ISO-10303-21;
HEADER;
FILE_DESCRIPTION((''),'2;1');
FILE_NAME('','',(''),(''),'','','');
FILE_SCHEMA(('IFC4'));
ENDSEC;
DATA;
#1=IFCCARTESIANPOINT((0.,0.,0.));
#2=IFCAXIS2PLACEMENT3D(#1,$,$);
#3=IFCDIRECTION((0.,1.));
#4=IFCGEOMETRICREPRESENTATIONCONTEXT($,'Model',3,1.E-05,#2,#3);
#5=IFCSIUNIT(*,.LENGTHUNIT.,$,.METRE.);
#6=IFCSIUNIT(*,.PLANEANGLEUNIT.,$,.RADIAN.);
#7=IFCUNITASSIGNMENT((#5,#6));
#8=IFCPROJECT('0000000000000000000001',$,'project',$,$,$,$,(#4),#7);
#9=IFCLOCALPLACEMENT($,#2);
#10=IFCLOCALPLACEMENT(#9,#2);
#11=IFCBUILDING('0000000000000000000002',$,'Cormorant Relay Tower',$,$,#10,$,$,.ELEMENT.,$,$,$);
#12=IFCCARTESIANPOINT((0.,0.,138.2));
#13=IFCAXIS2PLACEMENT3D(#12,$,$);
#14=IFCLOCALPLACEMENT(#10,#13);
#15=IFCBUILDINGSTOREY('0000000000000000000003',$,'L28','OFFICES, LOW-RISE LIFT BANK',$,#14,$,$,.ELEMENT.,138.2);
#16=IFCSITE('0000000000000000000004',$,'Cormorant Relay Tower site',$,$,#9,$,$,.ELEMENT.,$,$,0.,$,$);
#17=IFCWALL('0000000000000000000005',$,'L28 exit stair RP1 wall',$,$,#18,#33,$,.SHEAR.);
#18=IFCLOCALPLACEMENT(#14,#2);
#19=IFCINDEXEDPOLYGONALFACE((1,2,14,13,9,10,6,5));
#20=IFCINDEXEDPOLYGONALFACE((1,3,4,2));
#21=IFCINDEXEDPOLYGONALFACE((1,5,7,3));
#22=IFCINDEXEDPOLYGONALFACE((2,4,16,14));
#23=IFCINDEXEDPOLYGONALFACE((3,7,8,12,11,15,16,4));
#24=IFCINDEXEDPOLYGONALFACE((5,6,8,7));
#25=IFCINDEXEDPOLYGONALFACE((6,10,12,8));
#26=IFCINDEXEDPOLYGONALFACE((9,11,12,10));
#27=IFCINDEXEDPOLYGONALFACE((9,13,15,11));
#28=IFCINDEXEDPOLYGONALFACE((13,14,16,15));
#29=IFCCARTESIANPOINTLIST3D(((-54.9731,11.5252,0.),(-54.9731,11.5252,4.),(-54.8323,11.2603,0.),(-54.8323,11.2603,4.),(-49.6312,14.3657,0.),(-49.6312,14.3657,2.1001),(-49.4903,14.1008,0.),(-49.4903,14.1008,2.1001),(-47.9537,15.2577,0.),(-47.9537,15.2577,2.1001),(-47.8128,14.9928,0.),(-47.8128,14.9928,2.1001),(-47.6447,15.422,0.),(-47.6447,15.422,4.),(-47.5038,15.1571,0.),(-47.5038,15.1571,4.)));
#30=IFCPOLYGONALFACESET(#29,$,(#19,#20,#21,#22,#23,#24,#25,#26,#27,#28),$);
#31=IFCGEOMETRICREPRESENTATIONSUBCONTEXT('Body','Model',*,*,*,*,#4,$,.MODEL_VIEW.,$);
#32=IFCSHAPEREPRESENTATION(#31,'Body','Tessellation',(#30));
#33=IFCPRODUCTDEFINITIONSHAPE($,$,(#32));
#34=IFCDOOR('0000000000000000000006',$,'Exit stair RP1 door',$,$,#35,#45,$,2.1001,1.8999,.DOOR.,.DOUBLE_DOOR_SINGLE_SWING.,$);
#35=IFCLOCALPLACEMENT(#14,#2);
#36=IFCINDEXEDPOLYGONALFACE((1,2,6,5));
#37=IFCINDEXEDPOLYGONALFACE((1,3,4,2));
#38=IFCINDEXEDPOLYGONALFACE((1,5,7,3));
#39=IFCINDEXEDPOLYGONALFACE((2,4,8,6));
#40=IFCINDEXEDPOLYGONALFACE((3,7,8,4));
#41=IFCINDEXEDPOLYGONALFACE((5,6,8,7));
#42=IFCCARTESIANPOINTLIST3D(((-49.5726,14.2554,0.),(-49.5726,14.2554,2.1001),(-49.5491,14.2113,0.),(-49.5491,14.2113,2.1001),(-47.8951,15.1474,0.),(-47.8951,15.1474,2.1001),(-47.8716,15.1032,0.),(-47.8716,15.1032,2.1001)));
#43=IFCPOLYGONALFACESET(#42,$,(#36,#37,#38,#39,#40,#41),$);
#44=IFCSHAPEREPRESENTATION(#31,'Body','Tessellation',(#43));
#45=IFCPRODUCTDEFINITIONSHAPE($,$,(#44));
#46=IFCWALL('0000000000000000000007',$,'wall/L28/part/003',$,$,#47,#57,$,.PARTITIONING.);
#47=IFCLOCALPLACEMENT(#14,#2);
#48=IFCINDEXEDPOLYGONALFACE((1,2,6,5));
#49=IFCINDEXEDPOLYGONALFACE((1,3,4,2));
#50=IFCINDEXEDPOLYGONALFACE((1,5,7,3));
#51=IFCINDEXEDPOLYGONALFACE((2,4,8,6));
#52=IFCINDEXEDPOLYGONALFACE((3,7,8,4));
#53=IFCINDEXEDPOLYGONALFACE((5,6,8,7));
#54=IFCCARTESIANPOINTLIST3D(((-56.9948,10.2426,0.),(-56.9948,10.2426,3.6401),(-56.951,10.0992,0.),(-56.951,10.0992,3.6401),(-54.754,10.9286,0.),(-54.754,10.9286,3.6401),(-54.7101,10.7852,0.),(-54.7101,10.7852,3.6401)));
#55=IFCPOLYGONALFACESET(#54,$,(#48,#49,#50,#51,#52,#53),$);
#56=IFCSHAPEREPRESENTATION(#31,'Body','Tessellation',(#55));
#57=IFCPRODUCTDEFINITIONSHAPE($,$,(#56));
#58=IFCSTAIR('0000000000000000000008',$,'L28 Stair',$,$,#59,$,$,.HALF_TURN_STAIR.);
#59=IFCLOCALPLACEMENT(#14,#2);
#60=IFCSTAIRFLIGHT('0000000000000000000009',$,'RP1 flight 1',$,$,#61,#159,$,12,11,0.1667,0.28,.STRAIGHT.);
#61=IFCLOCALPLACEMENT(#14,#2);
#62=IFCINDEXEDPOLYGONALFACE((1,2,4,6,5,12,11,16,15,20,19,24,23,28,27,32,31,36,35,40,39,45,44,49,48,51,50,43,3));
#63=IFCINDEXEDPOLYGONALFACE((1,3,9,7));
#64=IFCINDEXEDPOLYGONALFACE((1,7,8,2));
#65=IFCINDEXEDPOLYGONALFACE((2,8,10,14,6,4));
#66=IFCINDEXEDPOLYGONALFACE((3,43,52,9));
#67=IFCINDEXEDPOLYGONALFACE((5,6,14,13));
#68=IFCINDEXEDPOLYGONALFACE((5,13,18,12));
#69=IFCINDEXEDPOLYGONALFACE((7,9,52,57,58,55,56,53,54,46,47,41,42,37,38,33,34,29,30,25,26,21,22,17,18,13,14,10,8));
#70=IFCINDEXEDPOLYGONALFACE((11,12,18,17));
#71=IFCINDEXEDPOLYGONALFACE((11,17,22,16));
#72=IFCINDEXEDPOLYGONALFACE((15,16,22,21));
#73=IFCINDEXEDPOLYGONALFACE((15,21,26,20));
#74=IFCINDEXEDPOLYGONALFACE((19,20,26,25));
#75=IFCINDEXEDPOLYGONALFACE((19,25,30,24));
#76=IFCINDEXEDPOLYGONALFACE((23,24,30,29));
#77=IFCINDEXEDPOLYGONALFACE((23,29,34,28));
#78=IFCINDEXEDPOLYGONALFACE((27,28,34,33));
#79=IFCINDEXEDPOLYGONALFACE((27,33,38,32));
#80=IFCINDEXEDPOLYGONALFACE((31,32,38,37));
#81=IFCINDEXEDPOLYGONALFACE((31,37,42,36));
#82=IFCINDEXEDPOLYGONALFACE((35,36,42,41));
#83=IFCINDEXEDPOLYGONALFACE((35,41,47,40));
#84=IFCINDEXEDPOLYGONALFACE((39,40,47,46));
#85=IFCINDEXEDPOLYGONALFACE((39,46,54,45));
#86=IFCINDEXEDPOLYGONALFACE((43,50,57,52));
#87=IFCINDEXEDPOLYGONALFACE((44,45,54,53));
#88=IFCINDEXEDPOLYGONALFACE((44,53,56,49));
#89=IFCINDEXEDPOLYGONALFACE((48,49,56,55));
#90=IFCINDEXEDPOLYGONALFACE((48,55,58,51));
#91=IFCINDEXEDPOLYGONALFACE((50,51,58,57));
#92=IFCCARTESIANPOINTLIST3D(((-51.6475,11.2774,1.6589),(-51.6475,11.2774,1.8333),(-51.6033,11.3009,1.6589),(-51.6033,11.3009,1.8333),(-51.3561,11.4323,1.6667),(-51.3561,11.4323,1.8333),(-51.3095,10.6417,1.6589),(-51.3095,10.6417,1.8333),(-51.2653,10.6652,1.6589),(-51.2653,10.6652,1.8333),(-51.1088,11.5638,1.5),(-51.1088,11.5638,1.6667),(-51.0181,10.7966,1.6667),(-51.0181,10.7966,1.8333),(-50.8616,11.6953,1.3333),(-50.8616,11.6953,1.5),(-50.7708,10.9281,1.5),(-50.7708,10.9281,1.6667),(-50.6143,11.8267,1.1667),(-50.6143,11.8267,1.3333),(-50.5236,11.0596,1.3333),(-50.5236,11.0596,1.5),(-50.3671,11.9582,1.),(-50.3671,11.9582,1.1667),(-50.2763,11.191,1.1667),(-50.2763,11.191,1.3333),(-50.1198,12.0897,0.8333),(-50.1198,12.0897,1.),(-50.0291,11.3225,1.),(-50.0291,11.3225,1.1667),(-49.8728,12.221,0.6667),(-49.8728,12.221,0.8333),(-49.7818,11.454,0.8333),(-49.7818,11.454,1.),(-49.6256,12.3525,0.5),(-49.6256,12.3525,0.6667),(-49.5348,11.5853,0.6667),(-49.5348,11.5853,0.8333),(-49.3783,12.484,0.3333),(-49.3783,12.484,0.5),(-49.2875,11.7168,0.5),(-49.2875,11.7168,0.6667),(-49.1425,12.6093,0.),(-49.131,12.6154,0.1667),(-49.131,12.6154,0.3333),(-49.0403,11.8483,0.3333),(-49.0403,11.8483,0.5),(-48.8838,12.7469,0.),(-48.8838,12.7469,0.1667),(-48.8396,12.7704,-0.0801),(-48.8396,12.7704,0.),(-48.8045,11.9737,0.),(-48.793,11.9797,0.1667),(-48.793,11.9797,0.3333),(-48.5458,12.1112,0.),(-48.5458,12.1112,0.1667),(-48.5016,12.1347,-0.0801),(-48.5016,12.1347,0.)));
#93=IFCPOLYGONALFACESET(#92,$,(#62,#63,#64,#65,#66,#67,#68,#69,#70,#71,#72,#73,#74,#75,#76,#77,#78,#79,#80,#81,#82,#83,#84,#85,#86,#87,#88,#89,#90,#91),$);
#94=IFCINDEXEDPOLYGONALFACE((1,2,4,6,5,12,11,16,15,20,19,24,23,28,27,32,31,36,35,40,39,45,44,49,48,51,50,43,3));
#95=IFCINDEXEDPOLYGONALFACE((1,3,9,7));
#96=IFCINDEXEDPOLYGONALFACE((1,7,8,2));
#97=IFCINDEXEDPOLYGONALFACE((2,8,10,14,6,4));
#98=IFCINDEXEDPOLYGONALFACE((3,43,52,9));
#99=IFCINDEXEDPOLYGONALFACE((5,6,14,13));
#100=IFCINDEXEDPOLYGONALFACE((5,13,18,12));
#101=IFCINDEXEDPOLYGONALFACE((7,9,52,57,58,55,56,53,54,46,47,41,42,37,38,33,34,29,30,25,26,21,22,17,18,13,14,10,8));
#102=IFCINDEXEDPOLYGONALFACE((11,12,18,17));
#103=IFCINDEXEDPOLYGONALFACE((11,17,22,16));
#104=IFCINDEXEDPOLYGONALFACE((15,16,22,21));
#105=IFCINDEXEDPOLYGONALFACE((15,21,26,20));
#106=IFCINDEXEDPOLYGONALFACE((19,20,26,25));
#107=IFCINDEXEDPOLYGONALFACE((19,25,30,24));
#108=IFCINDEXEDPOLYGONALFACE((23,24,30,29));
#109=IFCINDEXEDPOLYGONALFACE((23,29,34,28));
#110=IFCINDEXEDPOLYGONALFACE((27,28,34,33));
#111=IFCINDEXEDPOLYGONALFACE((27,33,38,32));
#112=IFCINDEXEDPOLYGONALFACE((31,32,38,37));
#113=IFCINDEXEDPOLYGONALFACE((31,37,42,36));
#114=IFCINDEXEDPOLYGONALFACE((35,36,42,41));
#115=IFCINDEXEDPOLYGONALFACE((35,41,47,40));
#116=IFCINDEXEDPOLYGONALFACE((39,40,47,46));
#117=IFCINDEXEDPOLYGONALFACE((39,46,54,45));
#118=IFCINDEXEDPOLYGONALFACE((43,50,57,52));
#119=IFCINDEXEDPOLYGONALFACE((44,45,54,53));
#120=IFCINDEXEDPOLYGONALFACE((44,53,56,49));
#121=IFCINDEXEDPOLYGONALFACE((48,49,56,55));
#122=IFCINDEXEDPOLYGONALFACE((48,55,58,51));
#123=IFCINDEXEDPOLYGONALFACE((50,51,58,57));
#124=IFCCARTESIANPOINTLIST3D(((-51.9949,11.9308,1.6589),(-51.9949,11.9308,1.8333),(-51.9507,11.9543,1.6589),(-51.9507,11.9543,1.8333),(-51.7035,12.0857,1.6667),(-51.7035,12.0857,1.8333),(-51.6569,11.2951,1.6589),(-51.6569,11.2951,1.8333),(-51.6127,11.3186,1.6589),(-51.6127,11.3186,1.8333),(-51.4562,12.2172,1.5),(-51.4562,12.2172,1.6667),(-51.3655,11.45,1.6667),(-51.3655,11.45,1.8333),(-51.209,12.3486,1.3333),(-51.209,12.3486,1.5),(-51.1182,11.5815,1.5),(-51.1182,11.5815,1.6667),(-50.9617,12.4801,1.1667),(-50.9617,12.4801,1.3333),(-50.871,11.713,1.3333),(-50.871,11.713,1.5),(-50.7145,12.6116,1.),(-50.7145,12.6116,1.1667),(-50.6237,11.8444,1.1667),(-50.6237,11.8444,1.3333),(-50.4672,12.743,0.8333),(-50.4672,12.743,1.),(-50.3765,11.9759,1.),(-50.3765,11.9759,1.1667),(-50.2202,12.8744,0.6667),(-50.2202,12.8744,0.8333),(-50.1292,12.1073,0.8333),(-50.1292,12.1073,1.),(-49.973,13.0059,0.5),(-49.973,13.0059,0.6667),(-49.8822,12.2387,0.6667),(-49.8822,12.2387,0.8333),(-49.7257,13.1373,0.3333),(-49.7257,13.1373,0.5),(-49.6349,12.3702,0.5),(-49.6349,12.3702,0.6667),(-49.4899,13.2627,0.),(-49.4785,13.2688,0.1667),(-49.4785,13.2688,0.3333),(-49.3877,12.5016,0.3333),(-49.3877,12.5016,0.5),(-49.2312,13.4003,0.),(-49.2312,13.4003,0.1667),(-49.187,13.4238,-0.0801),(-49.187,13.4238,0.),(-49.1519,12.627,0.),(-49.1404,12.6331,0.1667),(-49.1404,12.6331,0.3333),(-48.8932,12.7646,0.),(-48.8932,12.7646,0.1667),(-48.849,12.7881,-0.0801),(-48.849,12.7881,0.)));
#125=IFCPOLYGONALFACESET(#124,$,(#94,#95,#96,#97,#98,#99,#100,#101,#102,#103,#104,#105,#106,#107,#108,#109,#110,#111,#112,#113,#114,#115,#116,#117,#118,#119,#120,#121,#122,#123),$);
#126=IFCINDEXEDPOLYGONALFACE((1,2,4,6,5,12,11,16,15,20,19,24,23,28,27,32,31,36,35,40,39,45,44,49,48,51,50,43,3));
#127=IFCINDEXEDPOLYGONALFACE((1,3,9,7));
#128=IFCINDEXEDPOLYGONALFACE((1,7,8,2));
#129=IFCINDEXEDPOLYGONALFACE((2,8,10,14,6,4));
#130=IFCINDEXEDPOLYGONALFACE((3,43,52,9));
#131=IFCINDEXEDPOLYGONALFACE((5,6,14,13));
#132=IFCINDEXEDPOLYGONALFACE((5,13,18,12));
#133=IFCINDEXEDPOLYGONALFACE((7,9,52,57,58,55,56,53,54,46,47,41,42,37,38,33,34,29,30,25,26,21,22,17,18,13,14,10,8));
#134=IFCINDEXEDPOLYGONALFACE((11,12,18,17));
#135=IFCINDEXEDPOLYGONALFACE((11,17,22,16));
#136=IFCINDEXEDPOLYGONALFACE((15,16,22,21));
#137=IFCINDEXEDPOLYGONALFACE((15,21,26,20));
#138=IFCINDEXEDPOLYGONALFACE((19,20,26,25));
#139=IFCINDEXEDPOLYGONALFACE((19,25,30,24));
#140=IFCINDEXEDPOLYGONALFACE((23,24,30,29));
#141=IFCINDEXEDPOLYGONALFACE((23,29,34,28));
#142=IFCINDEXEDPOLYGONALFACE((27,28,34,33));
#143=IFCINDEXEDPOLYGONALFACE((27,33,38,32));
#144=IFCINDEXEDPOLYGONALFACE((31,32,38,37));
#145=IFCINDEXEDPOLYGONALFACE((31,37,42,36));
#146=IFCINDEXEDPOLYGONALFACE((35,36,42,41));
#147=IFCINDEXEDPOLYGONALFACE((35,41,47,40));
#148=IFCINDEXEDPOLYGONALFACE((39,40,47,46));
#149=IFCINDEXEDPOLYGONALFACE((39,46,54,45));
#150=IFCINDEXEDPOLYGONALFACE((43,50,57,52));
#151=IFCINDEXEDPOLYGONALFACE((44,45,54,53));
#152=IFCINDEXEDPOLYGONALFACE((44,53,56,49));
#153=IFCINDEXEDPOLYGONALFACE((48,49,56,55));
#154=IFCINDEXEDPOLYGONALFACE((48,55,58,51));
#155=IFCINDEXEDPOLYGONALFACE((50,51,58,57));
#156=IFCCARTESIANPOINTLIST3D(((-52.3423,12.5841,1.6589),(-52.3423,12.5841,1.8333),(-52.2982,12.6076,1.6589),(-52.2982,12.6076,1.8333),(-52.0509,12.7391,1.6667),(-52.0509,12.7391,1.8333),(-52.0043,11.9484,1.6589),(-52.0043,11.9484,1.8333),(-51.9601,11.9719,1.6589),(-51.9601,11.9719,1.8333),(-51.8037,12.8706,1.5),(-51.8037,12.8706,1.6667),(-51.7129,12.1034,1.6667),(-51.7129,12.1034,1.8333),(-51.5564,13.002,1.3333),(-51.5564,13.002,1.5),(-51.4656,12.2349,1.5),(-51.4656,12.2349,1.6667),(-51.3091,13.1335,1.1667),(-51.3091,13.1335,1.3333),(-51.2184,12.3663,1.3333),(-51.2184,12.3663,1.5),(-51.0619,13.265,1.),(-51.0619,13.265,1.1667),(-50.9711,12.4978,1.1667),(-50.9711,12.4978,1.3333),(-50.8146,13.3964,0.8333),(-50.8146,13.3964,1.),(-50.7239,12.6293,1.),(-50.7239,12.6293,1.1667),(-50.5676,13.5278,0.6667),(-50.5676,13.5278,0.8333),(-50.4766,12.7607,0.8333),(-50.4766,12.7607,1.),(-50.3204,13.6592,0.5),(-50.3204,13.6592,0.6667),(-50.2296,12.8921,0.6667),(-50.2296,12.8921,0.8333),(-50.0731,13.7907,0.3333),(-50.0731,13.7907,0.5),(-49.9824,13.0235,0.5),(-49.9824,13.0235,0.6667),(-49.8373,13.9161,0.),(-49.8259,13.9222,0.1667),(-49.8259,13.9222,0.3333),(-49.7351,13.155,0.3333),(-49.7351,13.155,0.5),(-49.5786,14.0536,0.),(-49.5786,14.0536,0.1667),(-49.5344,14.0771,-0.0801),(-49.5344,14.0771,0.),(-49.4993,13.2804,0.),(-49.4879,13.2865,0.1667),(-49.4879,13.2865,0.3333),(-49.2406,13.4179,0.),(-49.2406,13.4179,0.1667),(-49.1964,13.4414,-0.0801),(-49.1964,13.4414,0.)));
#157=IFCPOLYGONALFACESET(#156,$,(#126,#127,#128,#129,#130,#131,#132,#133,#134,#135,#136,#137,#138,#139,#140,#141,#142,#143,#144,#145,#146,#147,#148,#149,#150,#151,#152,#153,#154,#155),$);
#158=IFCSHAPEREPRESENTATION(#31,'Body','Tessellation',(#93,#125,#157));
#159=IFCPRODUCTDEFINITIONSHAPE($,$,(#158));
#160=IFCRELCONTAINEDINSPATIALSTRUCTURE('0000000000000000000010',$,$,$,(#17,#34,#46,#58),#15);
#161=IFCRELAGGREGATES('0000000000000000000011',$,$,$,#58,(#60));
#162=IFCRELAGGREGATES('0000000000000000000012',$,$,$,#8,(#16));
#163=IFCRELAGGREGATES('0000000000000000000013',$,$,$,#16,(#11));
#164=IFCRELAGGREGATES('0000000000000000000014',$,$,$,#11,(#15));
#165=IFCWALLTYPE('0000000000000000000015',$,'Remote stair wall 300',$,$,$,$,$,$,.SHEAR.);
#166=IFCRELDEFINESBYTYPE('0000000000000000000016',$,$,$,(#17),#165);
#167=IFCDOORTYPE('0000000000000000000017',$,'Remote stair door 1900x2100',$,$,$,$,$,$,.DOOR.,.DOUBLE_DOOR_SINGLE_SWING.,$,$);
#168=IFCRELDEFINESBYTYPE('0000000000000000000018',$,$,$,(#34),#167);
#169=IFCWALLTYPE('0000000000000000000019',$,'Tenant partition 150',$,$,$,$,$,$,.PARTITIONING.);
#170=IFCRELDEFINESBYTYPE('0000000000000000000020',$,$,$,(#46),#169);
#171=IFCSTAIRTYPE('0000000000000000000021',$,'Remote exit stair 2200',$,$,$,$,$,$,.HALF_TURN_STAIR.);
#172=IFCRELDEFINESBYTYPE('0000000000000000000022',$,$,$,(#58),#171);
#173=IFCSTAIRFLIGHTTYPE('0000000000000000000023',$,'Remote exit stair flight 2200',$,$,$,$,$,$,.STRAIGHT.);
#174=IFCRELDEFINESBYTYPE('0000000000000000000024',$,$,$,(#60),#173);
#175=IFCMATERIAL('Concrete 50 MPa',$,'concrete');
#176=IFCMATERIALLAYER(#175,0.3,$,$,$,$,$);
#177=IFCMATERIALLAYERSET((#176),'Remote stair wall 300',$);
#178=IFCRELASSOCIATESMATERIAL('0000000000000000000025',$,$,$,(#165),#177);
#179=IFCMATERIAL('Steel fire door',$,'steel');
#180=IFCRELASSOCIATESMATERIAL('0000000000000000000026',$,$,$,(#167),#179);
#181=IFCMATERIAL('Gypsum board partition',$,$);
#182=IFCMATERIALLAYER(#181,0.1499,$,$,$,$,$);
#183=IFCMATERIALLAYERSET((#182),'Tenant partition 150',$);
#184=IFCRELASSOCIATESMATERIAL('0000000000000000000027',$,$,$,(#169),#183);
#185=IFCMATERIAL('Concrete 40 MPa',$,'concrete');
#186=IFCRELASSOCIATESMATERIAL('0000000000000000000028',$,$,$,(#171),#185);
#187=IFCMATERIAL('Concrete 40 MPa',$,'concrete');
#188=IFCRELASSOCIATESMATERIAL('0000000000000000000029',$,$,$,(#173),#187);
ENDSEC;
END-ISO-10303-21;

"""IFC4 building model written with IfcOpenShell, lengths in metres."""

from ifc_helpers import new_model, si_unit, direction, frame, frame_2d, origin, place, context, subcontext, project, spatial, polyline, rectangle, outline, extrude, material, layer, layer_set, type_object, element, fill, aggregate, save


model = new_model("IFC4")

# Units and contexts
model_context = context("Model", 3, precision=1e-05, world=origin(), true_north=direction((0.0, 1.0)))
body_context = subcontext(model_context, "Body", "Model", "MODEL_VIEW")
ifc_project = project(units=[si_unit("LENGTHUNIT", "METRE"), si_unit("PLANEANGLEUNIT", "RADIAN")], contexts=[model_context])

# Site, building, storey
site_placement = place(None, origin())
site = spatial("IfcSite", under=ifc_project, at=site_placement, Name="Cormorant Relay Tower site", CompositionType="ELEMENT", RefElevation=0.0)
building_placement = place(site_placement, origin())
building = spatial("IfcBuilding", under=site, at=building_placement, Name="Cormorant Relay Tower", CompositionType="ELEMENT")
storey_placement = place(building_placement, frame((0.0, 0.0, 138.2)))
storey = spatial("IfcBuildingStorey", under=building, at=storey_placement, Name="L28", Description="OFFICES, LOW-RISE LIFT BANK", CompositionType="ELEMENT", Elevation=138.2)

# Shared definitions
ifc_material_1 = material(Name="Concrete 50 MPa", Category="concrete")
ifc_layer_1 = layer(ifc_material_1, 0.3)
ifc_layer_set_1 = layer_set([ifc_layer_1], Name="Remote stair wall 300")
wall_type_1 = type_object("IfcWallType", Name="Remote stair wall 300", PredefinedType="SHEAR", material=ifc_layer_set_1)

# Wall, opening, door
wall_1_placement = place(storey_placement, frame((-54.9026, 11.3928, 0.0), z_axis=(0.0, 0.0, 1.0), x_axis=(0.882939, 0.469487, 0.0)))
wall_1 = element("IfcWall", 1, at=wall_1_placement, inside=storey, type_object=wall_type_1, Name="L28 exit stair RP1 wall", PredefinedType="SHEAR", context=body_context, shape_type="SweptSolid", body=[
    extrude(rectangle(XDim=8.3, YDim=0.3, at=frame_2d((4.1499, 0.0))), origin(), (0.0, 0.0, 1.0), 4.0),
])
opening_1_placement = place(wall_1_placement, frame((6.05, 0.0, 0.0)))
opening_1 = element("IfcOpeningElement", 2, at=opening_1_placement, cuts=wall_1, PredefinedType="OPENING", context=body_context, shape_type="SweptSolid", body=[
    extrude(rectangle(XDim=1.8999, YDim=2.1001, at=frame_2d((0.95, 1.05))), frame((0.0, 0.1599, 0.0), z_axis=(0.0, -1.0, 0.0), x_axis=(1.0, 0.0, 0.0)), (0.0, 0.0, 1.0), 0.3201),
])
ifc_material_2 = material(Name="Steel fire door", Category="steel")
door_type_1 = type_object("IfcDoorType", Name="Remote stair door 1900x2100", OperationType="DOUBLE_DOOR_SINGLE_SWING", PredefinedType="DOOR", material=ifc_material_2)
door_1_placement = place(opening_1_placement, frame((1.8999, 0.0, 0.0), z_axis=(0.0, 0.0, 1.0), x_axis=(-1.0, 0.0, 0.0)))
door_1 = element("IfcDoor", 3, at=door_1_placement, inside=storey, type_object=door_type_1, Name="Exit stair RP1 door", OperationType="DOUBLE_DOOR_SINGLE_SWING", OverallHeight=2.1001, OverallWidth=1.8999, PredefinedType="DOOR", context=body_context, shape_type="SweptSolid", body=[
    extrude(rectangle(XDim=1.8999, YDim=2.1001, at=frame_2d((0.95, 1.05))), frame((0.0, 0.0249, 0.0), z_axis=(0.0, -1.0, 0.0), x_axis=(1.0, 0.0, 0.0)), (0.0, 0.0, 1.0), 0.05),
])
fill(opening_1, door_1)

# Wall
ifc_material_3 = material(Name="Gypsum board partition")
ifc_layer_2 = layer(ifc_material_3, 0.1499)
ifc_layer_set_2 = layer_set([ifc_layer_2], Name="Tenant partition 150")
wall_type_2 = type_object("IfcWallType", Name="Tenant partition 150", PredefinedType="PARTITIONING", material=ifc_layer_set_2)
wall_2_placement = place(storey_placement, frame((-54.7319, 10.8569, 0.0), z_axis=(0.0, 0.0, 1.0), x_axis=(-0.956197, -0.292724, 0.0)))
element("IfcWall", 4, at=wall_2_placement, inside=storey, type_object=wall_type_2, Name="wall/L28/part/003", PredefinedType="PARTITIONING", context=body_context, shape_type="SweptSolid", body=[
    extrude(rectangle(XDim=2.3435, YDim=0.1499, at=frame_2d((1.1719, 0.0))), origin(), (0.0, 0.0, 1.0), 3.6401),
])

# Stair, stair flight
ifc_material_4 = material(Name="Concrete 40 MPa", Category="concrete")
stair_type = type_object("IfcStairType", Name="Remote exit stair 2200", PredefinedType="HALF_TURN_STAIR", material=ifc_material_4)
stair_placement = place(storey_placement, origin())
stair = element("IfcStair", 5, at=stair_placement, inside=storey, type_object=stair_type, Name="L28 Stair", PredefinedType="HALF_TURN_STAIR")
ifc_material_5 = material(Name="Concrete 40 MPa", Category="concrete")
stair_flight_type = type_object("IfcStairFlightType", Name="Remote exit stair flight 2200", PredefinedType="STRAIGHT", material=ifc_material_5)
stair_flight_1_placement = place(storey_placement, frame((-49.0623, 13.0825, 0.0), z_axis=(0.0, 0.0, 1.0), x_axis=(-0.882948, -0.469472, 0.0)))
stair_flight_1 = element("IfcStairFlight", 6, at=stair_flight_1_placement, type_object=stair_flight_type, Name="RP1 flight 1", NumberOfRisers=12, NumberOfTreads=11, PredefinedType="STRAIGHT", RiserHeight=0.1667, TreadLength=0.28, context=body_context, shape_type="SweptSolid", body=[
    extrude(outline(polyline([(-0.05, -0.0801), (-0.05, 0.0), (0.0, 0.0), (0.0, 0.1667), (0.28, 0.1667), (0.28, 0.3333), (0.5601, 0.3333), (0.5601, 0.5), (0.8401, 0.5), (0.8401, 0.6667), (1.1201, 0.6667), (1.1201, 0.8333), (1.3999, 0.8333), (1.3999, 1.0), (1.6799, 1.0), (1.6799, 1.1667), (1.96, 1.1667), (1.96, 1.3333), (2.24, 1.3333), (2.24, 1.5), (2.52, 1.5), (2.52, 1.6667), (2.8, 1.6667), (2.8, 1.8333), (3.0801, 1.8333), (3.1301, 1.8333), (3.1301, 1.6589), (3.0801, 1.6589), (0.293, 0.0), (-0.05, -0.0801)])), frame((0.0, 1.1001, 0.0), z_axis=(0.0, -1.0, 0.0), x_axis=(1.0, 0.0, 0.0)), (0.0, 0.0, 1.0), 0.72),
    extrude(outline(polyline([(-0.05, -0.0801), (-0.05, 0.0), (0.0, 0.0), (0.0, 0.1667), (0.28, 0.1667), (0.28, 0.3333), (0.5601, 0.3333), (0.5601, 0.5), (0.8401, 0.5), (0.8401, 0.6667), (1.1201, 0.6667), (1.1201, 0.8333), (1.3999, 0.8333), (1.3999, 1.0), (1.6799, 1.0), (1.6799, 1.1667), (1.96, 1.1667), (1.96, 1.3333), (2.24, 1.3333), (2.24, 1.5), (2.52, 1.5), (2.52, 1.6667), (2.8, 1.6667), (2.8, 1.8333), (3.0801, 1.8333), (3.1301, 1.8333), (3.1301, 1.6589), (3.0801, 1.6589), (0.293, 0.0), (-0.05, -0.0801)])), frame((0.0, 0.3601, 0.0), z_axis=(0.0, -1.0, 0.0), x_axis=(1.0, 0.0, 0.0)), (0.0, 0.0, 1.0), 0.72),
    extrude(outline(polyline([(-0.05, -0.0801), (-0.05, 0.0), (0.0, 0.0), (0.0, 0.1667), (0.28, 0.1667), (0.28, 0.3333), (0.5601, 0.3333), (0.5601, 0.5), (0.8401, 0.5), (0.8401, 0.6667), (1.1201, 0.6667), (1.1201, 0.8333), (1.3999, 0.8333), (1.3999, 1.0), (1.6799, 1.0), (1.6799, 1.1667), (1.96, 1.1667), (1.96, 1.3333), (2.24, 1.3333), (2.24, 1.5), (2.52, 1.5), (2.52, 1.6667), (2.8, 1.6667), (2.8, 1.8333), (3.0801, 1.8333), (3.1301, 1.8333), (3.1301, 1.6589), (3.0801, 1.6589), (0.293, 0.0), (-0.05, -0.0801)])), frame((0.0, -0.3799, 0.0), z_axis=(0.0, -1.0, 0.0), x_axis=(1.0, 0.0, 0.0)), (0.0, 0.0, 1.0), 0.72),
])
aggregate(stair, [stair_flight_1])

save(model, "model.ifc")
